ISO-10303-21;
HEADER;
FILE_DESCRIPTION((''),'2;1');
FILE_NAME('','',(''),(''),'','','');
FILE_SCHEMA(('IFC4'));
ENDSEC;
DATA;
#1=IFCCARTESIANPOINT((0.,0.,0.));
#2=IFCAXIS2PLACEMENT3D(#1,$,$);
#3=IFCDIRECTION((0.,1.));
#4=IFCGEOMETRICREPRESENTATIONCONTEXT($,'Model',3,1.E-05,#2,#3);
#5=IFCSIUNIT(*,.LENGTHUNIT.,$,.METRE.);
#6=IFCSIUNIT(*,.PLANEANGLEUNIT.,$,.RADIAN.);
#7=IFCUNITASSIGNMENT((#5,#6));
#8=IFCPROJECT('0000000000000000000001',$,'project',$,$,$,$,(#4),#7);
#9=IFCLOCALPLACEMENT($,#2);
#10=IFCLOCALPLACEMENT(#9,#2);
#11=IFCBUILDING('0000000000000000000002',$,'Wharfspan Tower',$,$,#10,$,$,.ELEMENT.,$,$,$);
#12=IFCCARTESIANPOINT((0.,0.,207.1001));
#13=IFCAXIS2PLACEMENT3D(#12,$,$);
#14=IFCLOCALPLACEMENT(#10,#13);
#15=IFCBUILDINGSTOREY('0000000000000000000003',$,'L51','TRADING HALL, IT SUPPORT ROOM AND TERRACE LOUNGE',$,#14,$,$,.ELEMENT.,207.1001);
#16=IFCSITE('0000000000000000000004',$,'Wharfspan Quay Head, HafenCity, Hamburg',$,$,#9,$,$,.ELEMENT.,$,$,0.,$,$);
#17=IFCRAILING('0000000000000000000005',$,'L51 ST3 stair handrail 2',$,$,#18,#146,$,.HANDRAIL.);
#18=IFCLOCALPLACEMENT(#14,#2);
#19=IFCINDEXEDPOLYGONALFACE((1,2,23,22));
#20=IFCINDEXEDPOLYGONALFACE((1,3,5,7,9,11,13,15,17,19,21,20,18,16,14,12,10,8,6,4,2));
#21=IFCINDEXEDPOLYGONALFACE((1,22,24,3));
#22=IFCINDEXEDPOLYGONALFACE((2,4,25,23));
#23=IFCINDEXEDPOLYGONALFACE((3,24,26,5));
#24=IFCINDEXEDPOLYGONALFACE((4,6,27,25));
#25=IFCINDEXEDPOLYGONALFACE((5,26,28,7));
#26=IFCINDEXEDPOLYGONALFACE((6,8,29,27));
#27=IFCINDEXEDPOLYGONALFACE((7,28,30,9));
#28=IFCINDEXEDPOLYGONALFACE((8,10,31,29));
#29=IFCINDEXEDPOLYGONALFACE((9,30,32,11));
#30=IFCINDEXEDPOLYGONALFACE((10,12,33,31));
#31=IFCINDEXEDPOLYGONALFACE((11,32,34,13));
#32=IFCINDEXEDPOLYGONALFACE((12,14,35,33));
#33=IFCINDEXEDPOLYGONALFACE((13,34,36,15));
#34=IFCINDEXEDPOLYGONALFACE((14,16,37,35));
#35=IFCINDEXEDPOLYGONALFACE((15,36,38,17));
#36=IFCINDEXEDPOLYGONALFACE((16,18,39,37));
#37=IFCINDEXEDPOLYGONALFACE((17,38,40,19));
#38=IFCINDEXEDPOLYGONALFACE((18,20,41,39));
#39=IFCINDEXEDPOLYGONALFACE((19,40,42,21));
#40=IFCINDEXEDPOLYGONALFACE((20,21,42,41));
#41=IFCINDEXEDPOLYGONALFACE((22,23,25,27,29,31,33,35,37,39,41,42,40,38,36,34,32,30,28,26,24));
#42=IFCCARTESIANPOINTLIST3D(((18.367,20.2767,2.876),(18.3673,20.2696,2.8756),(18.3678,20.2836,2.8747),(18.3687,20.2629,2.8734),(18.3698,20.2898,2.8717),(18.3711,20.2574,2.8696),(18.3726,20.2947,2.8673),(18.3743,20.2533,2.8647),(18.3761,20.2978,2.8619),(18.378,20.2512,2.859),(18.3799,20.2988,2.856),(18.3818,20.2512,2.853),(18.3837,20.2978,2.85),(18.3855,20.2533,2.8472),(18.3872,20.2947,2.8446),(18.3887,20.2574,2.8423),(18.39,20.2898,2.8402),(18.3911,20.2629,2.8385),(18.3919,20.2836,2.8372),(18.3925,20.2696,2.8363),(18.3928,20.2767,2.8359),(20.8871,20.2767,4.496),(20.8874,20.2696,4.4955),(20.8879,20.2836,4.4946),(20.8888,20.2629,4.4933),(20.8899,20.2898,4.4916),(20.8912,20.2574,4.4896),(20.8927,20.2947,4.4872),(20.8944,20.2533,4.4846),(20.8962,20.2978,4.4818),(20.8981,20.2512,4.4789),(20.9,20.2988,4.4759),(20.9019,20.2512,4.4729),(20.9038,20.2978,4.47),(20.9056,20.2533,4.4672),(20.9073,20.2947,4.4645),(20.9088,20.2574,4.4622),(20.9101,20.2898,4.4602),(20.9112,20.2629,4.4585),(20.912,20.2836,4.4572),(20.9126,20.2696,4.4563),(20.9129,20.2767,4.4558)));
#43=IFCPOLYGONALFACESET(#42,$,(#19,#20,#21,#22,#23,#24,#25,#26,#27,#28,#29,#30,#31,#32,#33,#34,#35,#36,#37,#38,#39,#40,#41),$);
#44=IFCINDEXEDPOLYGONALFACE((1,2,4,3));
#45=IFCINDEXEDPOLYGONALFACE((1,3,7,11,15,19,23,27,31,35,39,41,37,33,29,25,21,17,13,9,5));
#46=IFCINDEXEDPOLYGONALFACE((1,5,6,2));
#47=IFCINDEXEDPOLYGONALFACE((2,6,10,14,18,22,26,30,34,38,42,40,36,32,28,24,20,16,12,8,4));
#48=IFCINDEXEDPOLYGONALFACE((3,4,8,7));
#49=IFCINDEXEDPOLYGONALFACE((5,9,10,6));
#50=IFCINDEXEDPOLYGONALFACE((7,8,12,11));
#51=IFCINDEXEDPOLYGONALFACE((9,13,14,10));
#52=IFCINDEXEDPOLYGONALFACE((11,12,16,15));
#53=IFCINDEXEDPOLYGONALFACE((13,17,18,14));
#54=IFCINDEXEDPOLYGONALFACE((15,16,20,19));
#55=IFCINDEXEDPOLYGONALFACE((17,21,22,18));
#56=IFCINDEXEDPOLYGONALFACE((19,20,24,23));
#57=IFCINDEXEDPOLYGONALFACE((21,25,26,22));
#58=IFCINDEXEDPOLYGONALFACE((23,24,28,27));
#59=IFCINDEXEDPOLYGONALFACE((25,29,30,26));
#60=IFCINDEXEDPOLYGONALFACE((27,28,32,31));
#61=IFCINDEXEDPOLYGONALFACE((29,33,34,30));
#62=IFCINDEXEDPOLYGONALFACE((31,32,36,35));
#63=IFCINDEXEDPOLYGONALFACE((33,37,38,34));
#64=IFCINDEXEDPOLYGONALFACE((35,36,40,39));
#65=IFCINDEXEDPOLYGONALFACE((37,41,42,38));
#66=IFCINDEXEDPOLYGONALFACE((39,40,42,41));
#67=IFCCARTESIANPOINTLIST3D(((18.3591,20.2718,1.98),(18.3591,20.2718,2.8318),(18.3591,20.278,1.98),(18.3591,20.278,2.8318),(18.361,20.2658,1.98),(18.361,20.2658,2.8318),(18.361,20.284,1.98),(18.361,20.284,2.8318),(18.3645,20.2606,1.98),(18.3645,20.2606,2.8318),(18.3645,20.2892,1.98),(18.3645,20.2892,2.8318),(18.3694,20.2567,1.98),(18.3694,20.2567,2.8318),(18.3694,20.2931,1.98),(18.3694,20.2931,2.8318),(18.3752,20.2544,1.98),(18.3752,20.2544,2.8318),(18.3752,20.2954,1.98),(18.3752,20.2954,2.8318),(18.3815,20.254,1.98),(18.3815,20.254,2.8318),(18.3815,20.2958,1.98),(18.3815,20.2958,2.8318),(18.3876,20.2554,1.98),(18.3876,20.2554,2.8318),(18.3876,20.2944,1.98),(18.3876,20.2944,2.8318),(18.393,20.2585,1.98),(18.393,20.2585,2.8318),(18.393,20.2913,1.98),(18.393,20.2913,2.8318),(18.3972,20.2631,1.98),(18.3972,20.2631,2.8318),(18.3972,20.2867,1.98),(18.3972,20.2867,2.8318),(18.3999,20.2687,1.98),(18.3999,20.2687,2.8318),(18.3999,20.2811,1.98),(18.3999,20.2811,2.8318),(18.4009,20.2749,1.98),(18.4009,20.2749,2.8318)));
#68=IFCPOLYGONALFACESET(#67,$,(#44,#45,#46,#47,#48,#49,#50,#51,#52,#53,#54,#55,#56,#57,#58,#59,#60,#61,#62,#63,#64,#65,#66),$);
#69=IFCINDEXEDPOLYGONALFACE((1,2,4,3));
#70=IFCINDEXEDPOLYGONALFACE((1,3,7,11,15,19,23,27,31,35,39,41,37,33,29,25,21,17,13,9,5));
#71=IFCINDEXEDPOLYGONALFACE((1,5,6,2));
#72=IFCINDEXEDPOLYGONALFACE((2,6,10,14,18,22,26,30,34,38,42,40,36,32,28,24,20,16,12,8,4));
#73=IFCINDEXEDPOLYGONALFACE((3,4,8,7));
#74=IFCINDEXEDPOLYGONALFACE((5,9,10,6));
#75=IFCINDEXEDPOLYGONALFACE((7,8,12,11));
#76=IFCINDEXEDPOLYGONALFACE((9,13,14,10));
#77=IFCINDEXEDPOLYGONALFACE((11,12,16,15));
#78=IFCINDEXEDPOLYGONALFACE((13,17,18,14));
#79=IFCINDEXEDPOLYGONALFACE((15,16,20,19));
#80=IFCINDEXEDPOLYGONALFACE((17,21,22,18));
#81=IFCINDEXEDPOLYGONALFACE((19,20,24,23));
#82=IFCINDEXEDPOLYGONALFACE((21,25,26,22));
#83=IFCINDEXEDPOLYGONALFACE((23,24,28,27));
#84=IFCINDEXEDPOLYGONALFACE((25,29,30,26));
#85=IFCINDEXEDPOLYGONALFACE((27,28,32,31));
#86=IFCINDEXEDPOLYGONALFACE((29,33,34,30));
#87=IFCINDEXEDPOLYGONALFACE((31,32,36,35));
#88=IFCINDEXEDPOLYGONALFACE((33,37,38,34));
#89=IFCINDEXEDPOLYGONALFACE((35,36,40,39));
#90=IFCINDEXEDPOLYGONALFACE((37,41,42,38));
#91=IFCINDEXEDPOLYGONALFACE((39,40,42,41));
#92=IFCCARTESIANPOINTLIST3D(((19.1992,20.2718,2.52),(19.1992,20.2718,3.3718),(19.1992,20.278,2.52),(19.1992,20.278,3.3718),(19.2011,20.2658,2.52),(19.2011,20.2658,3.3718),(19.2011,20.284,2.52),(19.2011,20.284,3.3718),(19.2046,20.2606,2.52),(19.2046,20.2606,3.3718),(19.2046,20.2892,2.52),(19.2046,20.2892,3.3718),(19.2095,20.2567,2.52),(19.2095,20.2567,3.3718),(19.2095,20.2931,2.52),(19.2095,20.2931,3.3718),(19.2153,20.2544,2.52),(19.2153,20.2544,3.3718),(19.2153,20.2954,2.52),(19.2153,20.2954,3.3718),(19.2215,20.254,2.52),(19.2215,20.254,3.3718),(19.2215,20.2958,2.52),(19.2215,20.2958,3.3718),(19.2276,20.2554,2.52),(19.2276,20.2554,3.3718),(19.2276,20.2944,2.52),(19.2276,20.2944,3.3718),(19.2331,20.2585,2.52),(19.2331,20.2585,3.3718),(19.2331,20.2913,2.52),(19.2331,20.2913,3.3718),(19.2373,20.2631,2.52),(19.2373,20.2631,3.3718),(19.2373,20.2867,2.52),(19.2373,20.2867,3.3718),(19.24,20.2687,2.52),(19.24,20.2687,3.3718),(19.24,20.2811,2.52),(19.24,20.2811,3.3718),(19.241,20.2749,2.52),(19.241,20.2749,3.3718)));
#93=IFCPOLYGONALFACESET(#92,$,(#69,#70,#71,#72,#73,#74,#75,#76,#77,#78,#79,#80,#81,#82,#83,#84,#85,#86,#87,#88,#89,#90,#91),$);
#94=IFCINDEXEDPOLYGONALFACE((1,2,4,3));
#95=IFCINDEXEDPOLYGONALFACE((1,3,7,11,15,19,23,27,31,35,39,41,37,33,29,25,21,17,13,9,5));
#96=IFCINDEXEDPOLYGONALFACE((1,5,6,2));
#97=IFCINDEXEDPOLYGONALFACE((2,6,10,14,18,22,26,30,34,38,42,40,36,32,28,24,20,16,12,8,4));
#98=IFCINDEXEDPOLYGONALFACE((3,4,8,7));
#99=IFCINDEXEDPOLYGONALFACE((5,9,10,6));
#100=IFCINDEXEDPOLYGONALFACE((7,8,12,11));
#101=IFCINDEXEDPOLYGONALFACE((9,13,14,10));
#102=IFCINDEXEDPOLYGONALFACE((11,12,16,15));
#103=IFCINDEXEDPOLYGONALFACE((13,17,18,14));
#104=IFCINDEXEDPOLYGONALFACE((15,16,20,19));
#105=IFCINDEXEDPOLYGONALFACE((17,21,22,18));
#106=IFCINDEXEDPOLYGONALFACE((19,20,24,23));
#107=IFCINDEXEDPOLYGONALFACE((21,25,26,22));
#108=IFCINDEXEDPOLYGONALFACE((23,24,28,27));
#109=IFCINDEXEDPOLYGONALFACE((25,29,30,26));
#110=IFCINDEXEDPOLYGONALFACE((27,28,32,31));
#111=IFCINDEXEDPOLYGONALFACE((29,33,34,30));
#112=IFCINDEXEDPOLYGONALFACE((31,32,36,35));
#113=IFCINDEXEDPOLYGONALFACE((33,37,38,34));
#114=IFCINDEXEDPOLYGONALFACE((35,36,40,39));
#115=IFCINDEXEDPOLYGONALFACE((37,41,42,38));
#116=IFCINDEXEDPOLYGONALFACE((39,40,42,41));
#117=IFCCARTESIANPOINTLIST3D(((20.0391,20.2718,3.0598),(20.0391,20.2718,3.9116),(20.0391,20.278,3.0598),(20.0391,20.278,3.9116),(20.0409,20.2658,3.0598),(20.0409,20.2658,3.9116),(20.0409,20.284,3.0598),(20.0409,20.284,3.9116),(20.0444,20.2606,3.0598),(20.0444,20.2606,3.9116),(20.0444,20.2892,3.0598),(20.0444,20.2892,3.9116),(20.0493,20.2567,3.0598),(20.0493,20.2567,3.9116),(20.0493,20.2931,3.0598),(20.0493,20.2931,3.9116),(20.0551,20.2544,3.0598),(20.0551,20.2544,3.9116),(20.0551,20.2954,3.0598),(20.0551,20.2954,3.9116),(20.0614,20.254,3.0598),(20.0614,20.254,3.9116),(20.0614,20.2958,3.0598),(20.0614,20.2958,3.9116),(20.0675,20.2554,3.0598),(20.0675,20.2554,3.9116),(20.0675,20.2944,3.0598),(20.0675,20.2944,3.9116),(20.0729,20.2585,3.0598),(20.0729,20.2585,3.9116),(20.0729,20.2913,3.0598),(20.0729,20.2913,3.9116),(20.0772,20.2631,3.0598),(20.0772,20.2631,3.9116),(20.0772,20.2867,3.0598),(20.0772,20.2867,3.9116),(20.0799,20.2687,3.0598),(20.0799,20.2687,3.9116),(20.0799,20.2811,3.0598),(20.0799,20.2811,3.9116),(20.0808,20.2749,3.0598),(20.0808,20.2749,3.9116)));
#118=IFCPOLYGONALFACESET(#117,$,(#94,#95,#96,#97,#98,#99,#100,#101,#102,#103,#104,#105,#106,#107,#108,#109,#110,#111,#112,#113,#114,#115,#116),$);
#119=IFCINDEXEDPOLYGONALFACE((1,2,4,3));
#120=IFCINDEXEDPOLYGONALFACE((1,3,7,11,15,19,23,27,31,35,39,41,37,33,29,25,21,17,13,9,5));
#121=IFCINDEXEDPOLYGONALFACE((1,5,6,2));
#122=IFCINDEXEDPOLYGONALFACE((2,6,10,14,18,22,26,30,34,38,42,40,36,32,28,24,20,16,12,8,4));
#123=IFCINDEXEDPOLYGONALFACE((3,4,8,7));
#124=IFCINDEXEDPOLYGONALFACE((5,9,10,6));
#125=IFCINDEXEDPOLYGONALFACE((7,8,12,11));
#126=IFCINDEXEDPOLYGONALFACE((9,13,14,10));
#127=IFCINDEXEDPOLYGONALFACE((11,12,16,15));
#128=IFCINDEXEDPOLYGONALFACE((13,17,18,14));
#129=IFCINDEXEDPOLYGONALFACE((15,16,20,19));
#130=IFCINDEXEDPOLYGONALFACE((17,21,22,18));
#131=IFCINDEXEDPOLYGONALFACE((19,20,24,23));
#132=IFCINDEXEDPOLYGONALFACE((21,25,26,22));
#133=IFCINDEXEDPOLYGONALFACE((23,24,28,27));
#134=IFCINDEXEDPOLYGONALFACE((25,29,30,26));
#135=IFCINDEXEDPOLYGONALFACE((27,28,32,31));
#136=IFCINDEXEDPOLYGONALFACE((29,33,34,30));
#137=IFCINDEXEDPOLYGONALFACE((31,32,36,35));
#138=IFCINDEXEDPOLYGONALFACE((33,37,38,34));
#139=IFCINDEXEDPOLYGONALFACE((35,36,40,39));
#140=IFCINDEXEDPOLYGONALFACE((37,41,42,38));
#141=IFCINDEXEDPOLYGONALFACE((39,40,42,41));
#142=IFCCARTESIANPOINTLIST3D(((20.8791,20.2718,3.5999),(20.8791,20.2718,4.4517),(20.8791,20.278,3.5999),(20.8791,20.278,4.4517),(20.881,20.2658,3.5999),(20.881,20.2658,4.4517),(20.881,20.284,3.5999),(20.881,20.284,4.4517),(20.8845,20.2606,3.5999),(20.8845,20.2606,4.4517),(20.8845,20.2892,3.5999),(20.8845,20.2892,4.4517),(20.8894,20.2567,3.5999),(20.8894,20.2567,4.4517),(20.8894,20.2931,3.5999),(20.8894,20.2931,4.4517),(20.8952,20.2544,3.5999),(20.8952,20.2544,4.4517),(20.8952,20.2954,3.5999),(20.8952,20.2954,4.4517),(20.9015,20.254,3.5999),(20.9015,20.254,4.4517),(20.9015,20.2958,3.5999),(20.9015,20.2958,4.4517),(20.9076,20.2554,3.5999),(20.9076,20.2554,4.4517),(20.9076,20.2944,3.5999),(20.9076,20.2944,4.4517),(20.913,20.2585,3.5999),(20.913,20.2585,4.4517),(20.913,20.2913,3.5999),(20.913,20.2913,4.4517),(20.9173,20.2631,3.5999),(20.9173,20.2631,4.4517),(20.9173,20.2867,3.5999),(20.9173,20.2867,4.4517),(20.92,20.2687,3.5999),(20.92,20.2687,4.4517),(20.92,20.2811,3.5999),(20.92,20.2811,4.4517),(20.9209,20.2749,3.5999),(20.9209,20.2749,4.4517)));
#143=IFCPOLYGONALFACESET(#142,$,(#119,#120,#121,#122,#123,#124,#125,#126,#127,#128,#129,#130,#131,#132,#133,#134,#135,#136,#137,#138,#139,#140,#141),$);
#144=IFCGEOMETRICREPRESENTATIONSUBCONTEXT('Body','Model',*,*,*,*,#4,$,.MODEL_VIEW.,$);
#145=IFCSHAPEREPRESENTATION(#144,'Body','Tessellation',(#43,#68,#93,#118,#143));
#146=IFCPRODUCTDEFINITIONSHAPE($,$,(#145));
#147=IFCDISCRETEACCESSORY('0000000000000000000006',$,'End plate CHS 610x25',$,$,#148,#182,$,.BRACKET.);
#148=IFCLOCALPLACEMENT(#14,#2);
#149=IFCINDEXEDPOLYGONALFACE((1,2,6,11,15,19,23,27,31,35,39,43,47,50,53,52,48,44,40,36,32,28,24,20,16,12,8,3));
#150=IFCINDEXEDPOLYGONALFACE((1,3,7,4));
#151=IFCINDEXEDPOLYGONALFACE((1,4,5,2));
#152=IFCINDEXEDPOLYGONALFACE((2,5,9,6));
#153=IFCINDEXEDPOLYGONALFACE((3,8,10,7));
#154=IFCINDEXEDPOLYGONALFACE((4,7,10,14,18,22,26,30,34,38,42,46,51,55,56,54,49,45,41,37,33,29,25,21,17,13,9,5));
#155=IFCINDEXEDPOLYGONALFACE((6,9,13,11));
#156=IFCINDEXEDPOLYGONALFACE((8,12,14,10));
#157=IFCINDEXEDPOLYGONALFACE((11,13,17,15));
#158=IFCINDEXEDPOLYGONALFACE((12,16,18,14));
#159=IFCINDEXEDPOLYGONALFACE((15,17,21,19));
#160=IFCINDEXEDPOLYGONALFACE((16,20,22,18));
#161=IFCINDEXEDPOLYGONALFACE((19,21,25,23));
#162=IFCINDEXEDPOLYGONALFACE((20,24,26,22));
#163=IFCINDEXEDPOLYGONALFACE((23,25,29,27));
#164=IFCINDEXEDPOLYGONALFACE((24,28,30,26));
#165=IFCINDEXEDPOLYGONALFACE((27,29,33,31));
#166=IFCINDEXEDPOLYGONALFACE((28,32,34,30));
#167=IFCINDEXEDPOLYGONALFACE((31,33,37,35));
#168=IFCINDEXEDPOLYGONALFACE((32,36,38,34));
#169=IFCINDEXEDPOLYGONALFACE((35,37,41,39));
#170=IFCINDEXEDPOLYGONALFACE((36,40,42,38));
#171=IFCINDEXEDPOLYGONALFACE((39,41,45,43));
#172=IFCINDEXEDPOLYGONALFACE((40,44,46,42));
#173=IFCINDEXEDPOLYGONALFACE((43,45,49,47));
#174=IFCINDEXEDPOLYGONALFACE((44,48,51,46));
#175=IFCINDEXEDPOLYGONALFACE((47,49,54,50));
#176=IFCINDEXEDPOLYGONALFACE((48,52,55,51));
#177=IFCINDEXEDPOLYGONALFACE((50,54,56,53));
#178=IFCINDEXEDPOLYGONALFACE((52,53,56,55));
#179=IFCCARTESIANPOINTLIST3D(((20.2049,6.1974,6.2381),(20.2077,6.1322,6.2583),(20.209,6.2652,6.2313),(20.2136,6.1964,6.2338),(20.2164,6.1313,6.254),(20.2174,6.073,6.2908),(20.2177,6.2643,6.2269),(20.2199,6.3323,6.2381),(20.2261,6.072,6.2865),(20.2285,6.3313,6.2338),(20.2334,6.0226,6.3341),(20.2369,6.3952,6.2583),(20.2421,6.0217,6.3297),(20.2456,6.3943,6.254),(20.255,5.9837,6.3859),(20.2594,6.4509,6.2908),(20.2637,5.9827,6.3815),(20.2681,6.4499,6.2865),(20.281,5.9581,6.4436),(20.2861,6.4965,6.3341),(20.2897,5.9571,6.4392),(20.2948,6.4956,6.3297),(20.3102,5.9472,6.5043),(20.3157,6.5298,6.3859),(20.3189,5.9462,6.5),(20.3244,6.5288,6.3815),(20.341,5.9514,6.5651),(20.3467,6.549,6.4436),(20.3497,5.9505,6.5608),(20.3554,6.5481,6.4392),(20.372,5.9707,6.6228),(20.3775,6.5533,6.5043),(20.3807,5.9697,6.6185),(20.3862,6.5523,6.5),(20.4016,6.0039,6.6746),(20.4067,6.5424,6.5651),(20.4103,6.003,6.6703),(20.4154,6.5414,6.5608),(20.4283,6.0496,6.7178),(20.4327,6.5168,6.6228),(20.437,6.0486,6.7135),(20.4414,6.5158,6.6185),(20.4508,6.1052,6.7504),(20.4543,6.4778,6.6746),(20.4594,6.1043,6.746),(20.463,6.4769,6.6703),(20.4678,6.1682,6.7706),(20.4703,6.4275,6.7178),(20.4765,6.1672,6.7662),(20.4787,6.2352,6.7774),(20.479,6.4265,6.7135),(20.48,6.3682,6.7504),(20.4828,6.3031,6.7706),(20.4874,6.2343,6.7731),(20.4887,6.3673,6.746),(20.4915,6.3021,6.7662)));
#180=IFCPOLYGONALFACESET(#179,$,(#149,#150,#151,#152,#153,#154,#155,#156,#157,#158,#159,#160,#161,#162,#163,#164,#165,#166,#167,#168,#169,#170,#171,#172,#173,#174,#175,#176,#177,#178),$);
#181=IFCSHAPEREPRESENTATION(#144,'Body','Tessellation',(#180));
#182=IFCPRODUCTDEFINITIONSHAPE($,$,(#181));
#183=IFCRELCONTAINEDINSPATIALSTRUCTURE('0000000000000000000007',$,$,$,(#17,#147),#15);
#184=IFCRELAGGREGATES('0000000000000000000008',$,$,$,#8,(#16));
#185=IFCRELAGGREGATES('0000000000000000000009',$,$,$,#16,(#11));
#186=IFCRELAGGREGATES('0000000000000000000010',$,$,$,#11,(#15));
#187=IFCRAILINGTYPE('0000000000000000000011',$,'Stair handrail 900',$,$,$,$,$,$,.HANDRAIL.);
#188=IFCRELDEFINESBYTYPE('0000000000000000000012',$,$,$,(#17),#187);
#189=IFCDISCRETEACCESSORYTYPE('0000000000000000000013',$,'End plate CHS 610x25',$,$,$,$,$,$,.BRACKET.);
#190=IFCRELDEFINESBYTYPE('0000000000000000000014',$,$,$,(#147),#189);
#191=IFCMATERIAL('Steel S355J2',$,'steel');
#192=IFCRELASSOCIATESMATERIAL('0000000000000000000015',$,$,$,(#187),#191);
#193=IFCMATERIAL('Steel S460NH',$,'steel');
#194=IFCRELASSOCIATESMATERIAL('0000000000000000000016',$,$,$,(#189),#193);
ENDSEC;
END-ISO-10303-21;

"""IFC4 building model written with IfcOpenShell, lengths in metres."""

from ifc_helpers import new_model, si_unit, direction, frame, origin, origin_2d, place, context, subcontext, project, spatial, circle, extrude, material, material_profile, profile_set, type_object, element, save


model = new_model("IFC4")

# Units and contexts
model_context = context("Model", 3, precision=1e-05, world=origin(), true_north=direction((0.0, 1.0)))
body_context = subcontext(model_context, "Body", "Model", "MODEL_VIEW")
ifc_project = project(units=[si_unit("LENGTHUNIT", "METRE"), si_unit("PLANEANGLEUNIT", "RADIAN")], contexts=[model_context])

# Site, building, storey
site_placement = place(None, origin())
site = spatial("IfcSite", under=ifc_project, at=site_placement, Name="Wharfspan Quay Head, HafenCity, Hamburg", CompositionType="ELEMENT", RefElevation=0.0)
building_placement = place(site_placement, origin())
building = spatial("IfcBuilding", under=site, at=building_placement, Name="Wharfspan Tower", CompositionType="ELEMENT")
storey_placement = place(building_placement, frame((0.0, 0.0, 207.1001)))
storey = spatial("IfcBuildingStorey", under=building, at=storey_placement, Name="L51", Description="TRADING HALL, IT SUPPORT ROOM AND TERRACE LOUNGE", CompositionType="ELEMENT", Elevation=207.1001)

# Shared definitions
ifc_material_1 = material(Name="Steel S355J2", Category="steel")

# Railing
railing_type = type_object("IfcRailingType", Name="Stair handrail 900", PredefinedType="HANDRAIL", material=ifc_material_1)
railing_placement = place(storey_placement, frame((18.3799, 20.2749, 1.98)))
element("IfcRailing", 1, at=railing_placement, inside=storey, type_object=railing_type, Name="L51 ST3 stair handrail 2", PredefinedType="HANDRAIL", context=body_context, shape_type="SweptSolid", body=[
    extrude(circle(Radius=0.0239, at=origin_2d()), frame((0.0, 0.0, 0.876), z_axis=(0.8412, 0.0, 0.540725), x_axis=(0.0, 1.0, 0.0)), (0.0, 0.0, 1.0), 2.9958),
    extrude(circle(Radius=0.021, at=origin_2d()), origin(), (0.0, 0.0, 1.0), 0.8518),
    extrude(circle(Radius=0.021, at=origin_2d()), frame((0.8401, 0.0, 0.54)), (0.0, 0.0, 1.0), 0.8518),
    extrude(circle(Radius=0.021, at=origin_2d()), frame((1.6799, 0.0, 1.0798)), (0.0, 0.0, 1.0), 0.8518),
    extrude(circle(Radius=0.021, at=origin_2d()), frame((2.52, 0.0, 1.6199)), (0.0, 0.0, 1.0), 0.8518),
])

# Discrete accessory
ifc_material_2 = material(Name="Steel S460NH", Category="steel")
ifc_material_profile_1 = material_profile(ifc_material_2, circle(Radius=0.3049, at=origin_2d()))
ifc_profile_set_1 = profile_set([ifc_material_profile_1], Name="Steel S460NH")
discrete_accessory_type = type_object("IfcDiscreteAccessoryType", Name="End plate CHS 610x25", PredefinedType="BRACKET", material=ifc_profile_set_1)
discrete_accessory_placement = place(storey_placement, frame((20.3525, 6.2493, 6.5), z_axis=(-0.890043, 0.098894, 0.445021), x_axis=(-0.110431, -0.99388, 0.000001)))
element("IfcDiscreteAccessory", 2, at=discrete_accessory_placement, inside=storey, type_object=discrete_accessory_type, Name="End plate CHS 610x25", PredefinedType="BRACKET", context=body_context, shape_type="SweptSolid", body=[
    extrude(circle(Radius=0.3049, at=origin_2d()), origin(), (0.0, 0.0, 1.0), 0.0098),
])

save(model, "model.ifc")
